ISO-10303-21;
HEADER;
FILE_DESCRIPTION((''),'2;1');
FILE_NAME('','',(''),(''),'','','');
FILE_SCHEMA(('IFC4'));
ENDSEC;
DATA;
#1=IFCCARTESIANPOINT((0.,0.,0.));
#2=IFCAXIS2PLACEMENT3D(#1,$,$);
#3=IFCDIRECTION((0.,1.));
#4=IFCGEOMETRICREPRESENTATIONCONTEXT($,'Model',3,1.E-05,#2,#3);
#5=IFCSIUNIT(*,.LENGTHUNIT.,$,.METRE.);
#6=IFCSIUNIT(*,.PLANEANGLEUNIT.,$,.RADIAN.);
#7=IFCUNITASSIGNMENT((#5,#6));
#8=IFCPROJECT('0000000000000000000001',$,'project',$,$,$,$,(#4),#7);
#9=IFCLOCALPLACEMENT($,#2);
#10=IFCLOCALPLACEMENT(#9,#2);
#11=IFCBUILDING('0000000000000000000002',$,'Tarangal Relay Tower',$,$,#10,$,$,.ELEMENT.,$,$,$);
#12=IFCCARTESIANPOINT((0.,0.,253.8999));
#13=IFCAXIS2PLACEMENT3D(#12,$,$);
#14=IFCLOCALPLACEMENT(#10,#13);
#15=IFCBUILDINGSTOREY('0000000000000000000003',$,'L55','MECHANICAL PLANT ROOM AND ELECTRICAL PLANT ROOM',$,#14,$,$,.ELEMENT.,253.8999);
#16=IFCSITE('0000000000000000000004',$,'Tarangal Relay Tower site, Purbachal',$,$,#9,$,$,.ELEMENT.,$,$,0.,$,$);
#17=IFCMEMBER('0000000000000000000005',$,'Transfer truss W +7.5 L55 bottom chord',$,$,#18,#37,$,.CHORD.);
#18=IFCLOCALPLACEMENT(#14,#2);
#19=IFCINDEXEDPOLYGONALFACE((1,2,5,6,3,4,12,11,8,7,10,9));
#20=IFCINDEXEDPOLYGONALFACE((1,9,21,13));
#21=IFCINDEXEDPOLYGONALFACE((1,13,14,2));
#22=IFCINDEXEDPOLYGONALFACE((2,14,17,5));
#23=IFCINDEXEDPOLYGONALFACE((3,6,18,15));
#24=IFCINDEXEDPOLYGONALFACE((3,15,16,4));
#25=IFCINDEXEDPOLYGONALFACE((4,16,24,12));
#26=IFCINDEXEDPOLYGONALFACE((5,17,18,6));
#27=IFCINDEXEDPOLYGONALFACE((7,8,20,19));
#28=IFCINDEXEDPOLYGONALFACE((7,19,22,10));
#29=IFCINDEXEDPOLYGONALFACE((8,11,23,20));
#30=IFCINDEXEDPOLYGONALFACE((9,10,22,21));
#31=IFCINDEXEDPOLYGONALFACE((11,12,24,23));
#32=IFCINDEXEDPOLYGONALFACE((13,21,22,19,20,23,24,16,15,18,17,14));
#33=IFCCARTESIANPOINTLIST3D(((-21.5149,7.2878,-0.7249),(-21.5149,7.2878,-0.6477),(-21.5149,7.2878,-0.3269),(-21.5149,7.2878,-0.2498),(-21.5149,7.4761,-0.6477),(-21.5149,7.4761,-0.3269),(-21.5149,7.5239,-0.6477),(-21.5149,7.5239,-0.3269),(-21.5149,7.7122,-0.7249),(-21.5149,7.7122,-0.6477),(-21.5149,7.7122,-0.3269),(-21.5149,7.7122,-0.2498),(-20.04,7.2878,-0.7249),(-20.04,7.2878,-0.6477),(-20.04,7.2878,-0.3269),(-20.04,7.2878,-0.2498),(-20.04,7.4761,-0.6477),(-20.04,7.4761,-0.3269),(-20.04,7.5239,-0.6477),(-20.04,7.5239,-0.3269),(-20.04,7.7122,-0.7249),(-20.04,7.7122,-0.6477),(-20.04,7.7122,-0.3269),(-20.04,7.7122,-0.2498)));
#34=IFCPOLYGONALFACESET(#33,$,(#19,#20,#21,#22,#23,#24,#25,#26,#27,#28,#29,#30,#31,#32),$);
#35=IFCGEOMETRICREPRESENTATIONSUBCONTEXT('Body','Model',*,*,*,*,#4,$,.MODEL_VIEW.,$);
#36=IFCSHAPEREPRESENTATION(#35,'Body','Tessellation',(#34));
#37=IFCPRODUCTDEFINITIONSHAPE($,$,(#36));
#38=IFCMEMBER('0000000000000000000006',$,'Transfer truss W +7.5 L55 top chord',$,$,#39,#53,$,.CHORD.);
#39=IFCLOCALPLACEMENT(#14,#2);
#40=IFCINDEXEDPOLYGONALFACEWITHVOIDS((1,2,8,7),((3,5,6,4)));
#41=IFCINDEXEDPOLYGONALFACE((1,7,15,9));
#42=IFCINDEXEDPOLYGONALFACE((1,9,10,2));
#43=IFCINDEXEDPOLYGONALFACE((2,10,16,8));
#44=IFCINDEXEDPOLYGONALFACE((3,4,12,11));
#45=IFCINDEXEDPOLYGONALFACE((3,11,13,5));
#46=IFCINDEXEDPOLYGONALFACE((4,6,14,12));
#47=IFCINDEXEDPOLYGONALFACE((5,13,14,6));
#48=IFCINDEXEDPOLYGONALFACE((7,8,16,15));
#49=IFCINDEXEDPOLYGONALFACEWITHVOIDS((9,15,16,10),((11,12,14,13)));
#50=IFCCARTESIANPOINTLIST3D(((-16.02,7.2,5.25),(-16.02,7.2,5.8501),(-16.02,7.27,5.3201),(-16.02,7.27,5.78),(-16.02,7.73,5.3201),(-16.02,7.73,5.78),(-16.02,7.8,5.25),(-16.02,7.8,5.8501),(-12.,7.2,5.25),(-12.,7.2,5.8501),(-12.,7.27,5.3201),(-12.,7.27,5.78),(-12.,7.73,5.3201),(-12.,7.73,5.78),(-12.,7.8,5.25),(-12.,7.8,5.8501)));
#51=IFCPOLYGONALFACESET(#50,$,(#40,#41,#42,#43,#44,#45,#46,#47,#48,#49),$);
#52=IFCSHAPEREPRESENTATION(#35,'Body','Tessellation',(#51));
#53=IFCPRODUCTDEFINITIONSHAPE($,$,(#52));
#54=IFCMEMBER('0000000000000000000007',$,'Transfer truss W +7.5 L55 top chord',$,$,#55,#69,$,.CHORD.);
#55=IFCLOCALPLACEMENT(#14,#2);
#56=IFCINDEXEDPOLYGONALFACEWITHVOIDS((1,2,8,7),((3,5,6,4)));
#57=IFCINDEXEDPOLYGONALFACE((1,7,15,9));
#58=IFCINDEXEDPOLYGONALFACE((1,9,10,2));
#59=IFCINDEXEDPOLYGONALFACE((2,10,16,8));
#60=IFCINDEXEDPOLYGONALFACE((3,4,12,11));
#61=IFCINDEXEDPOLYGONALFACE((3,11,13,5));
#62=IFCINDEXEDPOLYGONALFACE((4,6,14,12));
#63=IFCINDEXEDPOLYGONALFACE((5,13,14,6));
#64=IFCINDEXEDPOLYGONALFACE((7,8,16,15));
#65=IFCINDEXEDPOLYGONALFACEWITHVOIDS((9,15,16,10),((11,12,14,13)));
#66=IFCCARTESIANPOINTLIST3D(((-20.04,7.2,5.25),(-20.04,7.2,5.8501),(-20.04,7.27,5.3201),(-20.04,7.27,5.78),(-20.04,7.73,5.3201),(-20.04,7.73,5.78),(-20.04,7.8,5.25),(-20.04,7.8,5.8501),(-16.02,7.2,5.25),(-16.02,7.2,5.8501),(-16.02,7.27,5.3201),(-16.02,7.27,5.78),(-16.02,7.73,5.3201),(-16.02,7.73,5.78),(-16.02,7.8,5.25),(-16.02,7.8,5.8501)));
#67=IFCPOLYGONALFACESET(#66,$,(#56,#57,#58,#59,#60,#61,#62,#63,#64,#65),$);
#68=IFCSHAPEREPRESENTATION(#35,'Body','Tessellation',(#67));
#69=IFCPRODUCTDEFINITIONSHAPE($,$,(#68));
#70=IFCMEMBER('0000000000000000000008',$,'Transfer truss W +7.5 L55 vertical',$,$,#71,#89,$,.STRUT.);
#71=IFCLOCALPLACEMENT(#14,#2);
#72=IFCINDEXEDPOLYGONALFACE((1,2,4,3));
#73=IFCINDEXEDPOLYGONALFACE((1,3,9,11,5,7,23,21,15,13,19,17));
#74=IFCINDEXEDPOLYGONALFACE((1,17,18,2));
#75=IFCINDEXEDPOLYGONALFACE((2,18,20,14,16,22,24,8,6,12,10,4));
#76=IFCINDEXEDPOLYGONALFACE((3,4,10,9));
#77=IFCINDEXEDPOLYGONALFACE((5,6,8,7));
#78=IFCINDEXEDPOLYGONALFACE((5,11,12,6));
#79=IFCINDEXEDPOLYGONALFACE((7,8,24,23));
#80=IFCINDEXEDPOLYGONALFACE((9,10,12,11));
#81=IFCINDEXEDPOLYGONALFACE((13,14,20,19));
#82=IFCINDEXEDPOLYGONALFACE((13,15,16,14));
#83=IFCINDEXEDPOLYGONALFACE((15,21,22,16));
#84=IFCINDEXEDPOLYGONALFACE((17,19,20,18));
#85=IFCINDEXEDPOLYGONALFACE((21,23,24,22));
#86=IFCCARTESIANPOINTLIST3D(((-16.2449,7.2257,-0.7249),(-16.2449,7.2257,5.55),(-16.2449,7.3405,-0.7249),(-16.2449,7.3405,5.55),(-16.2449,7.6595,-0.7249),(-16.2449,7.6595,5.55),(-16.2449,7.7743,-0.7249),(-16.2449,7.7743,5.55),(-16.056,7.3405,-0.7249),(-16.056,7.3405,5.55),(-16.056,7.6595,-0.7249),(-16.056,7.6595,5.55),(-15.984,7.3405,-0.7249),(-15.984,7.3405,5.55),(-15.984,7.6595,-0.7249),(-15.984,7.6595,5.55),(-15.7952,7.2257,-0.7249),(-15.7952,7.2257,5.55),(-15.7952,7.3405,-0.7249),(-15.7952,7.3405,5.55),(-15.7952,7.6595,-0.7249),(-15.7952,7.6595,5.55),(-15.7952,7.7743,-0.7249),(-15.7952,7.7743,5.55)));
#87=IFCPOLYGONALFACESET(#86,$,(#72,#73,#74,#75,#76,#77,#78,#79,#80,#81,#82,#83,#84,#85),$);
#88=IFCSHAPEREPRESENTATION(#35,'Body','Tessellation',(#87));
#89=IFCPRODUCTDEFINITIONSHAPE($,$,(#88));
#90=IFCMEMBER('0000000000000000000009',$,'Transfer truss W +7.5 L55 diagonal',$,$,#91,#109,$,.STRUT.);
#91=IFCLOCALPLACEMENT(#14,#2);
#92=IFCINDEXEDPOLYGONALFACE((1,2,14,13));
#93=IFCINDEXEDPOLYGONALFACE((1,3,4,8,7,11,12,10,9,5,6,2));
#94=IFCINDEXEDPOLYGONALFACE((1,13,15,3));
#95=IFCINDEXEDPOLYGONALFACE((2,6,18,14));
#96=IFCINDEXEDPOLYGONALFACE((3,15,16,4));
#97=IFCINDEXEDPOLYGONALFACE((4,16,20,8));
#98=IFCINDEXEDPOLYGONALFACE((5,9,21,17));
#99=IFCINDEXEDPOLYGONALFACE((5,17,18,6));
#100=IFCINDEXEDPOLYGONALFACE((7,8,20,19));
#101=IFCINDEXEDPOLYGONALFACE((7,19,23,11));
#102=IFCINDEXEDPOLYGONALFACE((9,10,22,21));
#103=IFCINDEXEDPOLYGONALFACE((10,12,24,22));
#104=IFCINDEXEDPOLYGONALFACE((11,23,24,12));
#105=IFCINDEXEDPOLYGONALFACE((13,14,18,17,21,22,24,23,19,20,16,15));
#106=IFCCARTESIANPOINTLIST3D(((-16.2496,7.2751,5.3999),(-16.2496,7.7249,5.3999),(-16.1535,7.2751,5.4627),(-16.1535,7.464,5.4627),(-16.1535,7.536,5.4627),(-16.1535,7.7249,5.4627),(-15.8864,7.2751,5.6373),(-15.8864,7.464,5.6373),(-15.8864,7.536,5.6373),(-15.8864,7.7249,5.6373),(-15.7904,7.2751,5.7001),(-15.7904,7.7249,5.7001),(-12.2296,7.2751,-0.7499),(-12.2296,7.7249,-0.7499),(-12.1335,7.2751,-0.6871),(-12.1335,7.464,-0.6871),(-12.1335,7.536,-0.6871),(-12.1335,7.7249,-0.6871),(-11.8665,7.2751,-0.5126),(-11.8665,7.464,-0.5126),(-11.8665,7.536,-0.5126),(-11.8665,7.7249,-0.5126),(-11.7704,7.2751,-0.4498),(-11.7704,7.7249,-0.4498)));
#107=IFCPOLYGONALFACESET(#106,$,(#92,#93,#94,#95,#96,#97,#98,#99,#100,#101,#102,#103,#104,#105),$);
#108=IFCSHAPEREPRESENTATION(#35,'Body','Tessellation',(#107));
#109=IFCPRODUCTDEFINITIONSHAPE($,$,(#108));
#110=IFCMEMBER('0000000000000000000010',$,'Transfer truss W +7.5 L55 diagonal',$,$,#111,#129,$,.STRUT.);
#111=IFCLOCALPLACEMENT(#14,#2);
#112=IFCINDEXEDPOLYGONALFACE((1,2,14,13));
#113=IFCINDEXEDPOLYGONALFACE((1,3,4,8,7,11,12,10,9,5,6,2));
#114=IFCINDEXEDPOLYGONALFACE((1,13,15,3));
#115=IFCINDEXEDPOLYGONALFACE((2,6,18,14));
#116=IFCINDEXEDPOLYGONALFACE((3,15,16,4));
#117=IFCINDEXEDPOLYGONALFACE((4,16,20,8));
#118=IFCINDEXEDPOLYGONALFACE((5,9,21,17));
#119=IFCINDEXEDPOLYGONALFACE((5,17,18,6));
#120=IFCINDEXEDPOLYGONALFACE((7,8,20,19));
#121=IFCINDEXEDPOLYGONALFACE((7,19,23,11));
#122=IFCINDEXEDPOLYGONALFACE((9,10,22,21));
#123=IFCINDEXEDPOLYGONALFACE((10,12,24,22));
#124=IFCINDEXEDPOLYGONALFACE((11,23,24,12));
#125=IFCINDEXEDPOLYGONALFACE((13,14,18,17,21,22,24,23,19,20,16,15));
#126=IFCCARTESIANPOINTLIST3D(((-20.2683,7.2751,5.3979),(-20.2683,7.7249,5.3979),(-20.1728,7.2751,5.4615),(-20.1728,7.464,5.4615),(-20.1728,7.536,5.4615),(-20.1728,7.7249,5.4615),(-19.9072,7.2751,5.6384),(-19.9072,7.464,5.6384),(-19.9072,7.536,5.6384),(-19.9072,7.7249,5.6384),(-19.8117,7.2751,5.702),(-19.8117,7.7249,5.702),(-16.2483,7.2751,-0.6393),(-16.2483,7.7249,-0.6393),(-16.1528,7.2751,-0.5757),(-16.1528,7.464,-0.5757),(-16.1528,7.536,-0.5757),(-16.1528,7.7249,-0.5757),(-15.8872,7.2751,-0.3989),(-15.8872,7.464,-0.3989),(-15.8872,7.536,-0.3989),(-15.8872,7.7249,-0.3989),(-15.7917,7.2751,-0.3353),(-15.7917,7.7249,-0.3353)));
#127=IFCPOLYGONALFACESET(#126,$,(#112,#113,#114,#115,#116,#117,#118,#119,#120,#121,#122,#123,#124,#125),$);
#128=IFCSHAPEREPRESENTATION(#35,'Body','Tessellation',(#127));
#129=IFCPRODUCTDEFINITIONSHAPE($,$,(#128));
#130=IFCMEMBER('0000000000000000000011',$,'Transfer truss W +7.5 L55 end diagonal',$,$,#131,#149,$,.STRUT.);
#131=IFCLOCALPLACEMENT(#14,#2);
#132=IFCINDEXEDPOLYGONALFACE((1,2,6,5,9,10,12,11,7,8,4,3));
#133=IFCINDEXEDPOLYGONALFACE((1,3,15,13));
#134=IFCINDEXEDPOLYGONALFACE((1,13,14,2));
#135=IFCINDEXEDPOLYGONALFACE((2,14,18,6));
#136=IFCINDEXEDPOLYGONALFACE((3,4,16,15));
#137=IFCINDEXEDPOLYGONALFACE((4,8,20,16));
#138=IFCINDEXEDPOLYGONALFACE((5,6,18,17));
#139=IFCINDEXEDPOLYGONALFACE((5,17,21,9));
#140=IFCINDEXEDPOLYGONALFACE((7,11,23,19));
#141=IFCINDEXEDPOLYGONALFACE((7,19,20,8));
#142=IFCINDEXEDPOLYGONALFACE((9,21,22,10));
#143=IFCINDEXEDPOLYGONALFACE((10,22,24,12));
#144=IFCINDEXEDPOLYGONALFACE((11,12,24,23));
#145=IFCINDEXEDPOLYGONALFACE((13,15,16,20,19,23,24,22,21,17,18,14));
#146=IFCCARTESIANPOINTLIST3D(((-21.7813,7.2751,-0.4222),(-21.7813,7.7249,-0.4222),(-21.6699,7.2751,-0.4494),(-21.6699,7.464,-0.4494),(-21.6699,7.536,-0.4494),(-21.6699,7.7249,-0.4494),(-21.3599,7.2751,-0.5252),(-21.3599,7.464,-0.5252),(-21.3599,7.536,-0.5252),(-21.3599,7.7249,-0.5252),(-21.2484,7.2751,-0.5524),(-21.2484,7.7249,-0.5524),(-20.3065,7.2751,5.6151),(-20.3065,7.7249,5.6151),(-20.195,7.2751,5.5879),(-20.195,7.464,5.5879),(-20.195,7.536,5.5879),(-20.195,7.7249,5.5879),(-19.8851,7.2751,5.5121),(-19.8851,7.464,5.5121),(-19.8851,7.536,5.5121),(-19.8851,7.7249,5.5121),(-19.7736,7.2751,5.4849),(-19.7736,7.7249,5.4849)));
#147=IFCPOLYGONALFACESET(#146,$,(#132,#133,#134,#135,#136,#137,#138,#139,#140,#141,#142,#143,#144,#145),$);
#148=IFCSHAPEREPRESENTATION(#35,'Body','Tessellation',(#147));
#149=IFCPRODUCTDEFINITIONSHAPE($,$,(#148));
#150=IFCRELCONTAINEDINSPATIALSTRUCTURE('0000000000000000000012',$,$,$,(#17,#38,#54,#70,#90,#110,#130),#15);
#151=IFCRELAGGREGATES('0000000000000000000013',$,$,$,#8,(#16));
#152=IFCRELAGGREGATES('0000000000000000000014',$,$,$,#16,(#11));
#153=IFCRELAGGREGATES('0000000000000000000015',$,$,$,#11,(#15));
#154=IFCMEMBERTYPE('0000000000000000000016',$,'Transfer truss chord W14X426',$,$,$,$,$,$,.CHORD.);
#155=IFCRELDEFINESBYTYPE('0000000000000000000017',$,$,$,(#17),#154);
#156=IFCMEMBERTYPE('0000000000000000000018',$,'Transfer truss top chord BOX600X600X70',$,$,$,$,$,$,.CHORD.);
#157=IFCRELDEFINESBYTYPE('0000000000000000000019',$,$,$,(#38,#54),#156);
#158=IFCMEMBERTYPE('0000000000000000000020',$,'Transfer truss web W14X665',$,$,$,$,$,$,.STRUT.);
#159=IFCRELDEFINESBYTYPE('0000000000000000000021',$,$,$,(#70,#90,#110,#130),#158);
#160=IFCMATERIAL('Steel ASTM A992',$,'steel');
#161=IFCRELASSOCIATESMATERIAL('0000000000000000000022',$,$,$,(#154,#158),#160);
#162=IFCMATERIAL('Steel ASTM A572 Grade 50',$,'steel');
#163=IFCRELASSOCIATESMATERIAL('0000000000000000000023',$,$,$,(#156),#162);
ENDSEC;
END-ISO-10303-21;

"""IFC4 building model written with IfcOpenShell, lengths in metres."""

from ifc_helpers import new_model, si_unit, direction, frame, origin, origin_2d, place, context, subcontext, project, spatial, hollow_rectangle, i_section, extrude, material, material_profile, profile_set, type_object, element, save


model = new_model("IFC4")

# Units and contexts
model_context = context("Model", 3, precision=1e-05, world=origin(), true_north=direction((0.0, 1.0)))
body_context = subcontext(model_context, "Body", "Model", "MODEL_VIEW")
ifc_project = project(units=[si_unit("LENGTHUNIT", "METRE"), si_unit("PLANEANGLEUNIT", "RADIAN")], contexts=[model_context])

# Site, building, storey
site_placement = place(None, origin())
site = spatial("IfcSite", under=ifc_project, at=site_placement, Name="Tarangal Relay Tower site, Purbachal", CompositionType="ELEMENT", RefElevation=0.0)
building_placement = place(site_placement, origin())
building = spatial("IfcBuilding", under=site, at=building_placement, Name="Tarangal Relay Tower", CompositionType="ELEMENT")
storey_placement = place(building_placement, frame((0.0, 0.0, 253.8999)))
storey = spatial("IfcBuildingStorey", under=building, at=storey_placement, Name="L55", Description="MECHANICAL PLANT ROOM AND ELECTRICAL PLANT ROOM", CompositionType="ELEMENT", Elevation=253.8999)

# Shared definitions
ifc_material_1 = material(Name="Steel ASTM A572 Grade 50", Category="steel")

# Shared definitions
ifc_material_2 = material(Name="Steel ASTM A992", Category="steel")

# Members
ifc_material_profile_1 = material_profile(ifc_material_2, i_section(OverallWidth=0.4243, OverallDepth=0.4751, WebThickness=0.0479, FlangeThickness=0.0771, at=origin_2d()), Name="W14X426")
ifc_profile_set_1 = profile_set([ifc_material_profile_1], Name="Steel ASTM A992")
member_type_1 = type_object("IfcMemberType", Name="Transfer truss chord W14X426", PredefinedType="CHORD", material=ifc_profile_set_1)
member_1_placement = place(storey_placement, frame((-20.04, 7.5, -0.4873), z_axis=(-1.0, 0.0, 0.0), x_axis=(0.0, -1.0, 0.0)))
element("IfcMember", 1, at=member_1_placement, inside=storey, type_object=member_type_1, Name="Transfer truss W +7.5 L55 bottom chord", PredefinedType="CHORD", context=body_context, shape_type="SweptSolid", body=[
    extrude(i_section(OverallWidth=0.4243, OverallDepth=0.4751, WebThickness=0.0479, FlangeThickness=0.0771, at=origin_2d()), origin(), (0.0, 0.0, 1.0), 1.4749),
])
ifc_material_profile_2 = material_profile(ifc_material_1, hollow_rectangle(XDim=0.6001, YDim=0.6001, WallThickness=0.0701, at=origin_2d()), Name="BOX600X600X70")
ifc_profile_set_2 = profile_set([ifc_material_profile_2], Name="Steel ASTM A572 Grade 50")
member_type_2 = type_object("IfcMemberType", Name="Transfer truss top chord BOX600X600X70", PredefinedType="CHORD", material=ifc_profile_set_2)
for number, where, z_axis, x_axis, name in (
    (2, (-12.0, 7.5, 5.55), (-1.0, 0.0, 0.0), (0.0, -1.0, 0.0), "Transfer truss W +7.5 L55 top chord"),
    (3, (-16.02, 7.5, 5.55), (-1.0, 0.0, 0.0), (0.0, -1.0, 0.0), "Transfer truss W +7.5 L55 top chord"),
):
    element("IfcMember", number, at=place(storey_placement, frame(where, z_axis=z_axis, x_axis=x_axis)), inside=storey, type_object=member_type_2, Name=name, PredefinedType="CHORD", context=body_context, shape_type="SweptSolid", body=[
        extrude(hollow_rectangle(XDim=0.6001, YDim=0.6001, WallThickness=0.0701, at=origin_2d()), origin(), (0.0, 0.0, 1.0), 4.02),
    ])
ifc_material_profile_3 = material_profile(ifc_material_2, i_section(OverallWidth=0.4497, OverallDepth=0.5486, WebThickness=0.072, FlangeThickness=0.1147, at=origin_2d()), Name="W14X665")
ifc_profile_set_3 = profile_set([ifc_material_profile_3], Name="Steel ASTM A992")
member_type_3 = type_object("IfcMemberType", Name="Transfer truss web W14X665", PredefinedType="STRUT", material=ifc_profile_set_3)
member_2_placement = place(storey_placement, frame((-16.02, 7.5, -0.7249), z_axis=(0.0, 0.0, 1.0), x_axis=(1.0, 0.0, 0.0)))
element("IfcMember", 4, at=member_2_placement, inside=storey, type_object=member_type_3, Name="Transfer truss W +7.5 L55 vertical", PredefinedType="STRUT", context=body_context, shape_type="SweptSolid", body=[
    extrude(i_section(OverallWidth=0.4497, OverallDepth=0.5486, WebThickness=0.072, FlangeThickness=0.1147, at=origin_2d()), origin(), (0.0, 0.0, 1.0), 6.2749),
])
member_3_placement = place(storey_placement, frame((-12.0, 7.5, -0.5999), z_axis=(-0.547147, 0.0, 0.837036), x_axis=(0.0, -1.0, 0.0)))
element("IfcMember", 5, at=member_3_placement, inside=storey, type_object=member_type_3, Name="Transfer truss W +7.5 L55 diagonal", PredefinedType="STRUT", context=body_context, shape_type="SweptSolid", body=[
    extrude(i_section(OverallWidth=0.4497, OverallDepth=0.5486, WebThickness=0.072, FlangeThickness=0.1147, at=origin_2d()), origin(), (0.0, 0.0, 1.0), 7.3472),
])
member_4_placement = place(storey_placement, frame((-16.02, 7.5, -0.4873), z_axis=(-0.554234, 0.0, 0.832361), x_axis=(0.0, -1.0, 0.0)))
element("IfcMember", 6, at=member_4_placement, inside=storey, type_object=member_type_3, Name="Transfer truss W +7.5 L55 diagonal", PredefinedType="STRUT", context=body_context, shape_type="SweptSolid", body=[
    extrude(i_section(OverallWidth=0.4497, OverallDepth=0.5486, WebThickness=0.072, FlangeThickness=0.1147, at=origin_2d()), origin(), (0.0, 0.0, 1.0), 7.2532),
])
member_5_placement = place(storey_placement, frame((-21.5149, 7.5, -0.4873), z_axis=(0.23731, 0.0, 0.971434), x_axis=(0.0, 1.0, 0.0)))
element("IfcMember", 7, at=member_5_placement, inside=storey, type_object=member_type_3, Name="Transfer truss W +7.5 L55 end diagonal", PredefinedType="STRUT", context=body_context, shape_type="SweptSolid", body=[
    extrude(i_section(OverallWidth=0.4497, OverallDepth=0.5486, WebThickness=0.072, FlangeThickness=0.1147, at=origin_2d()), origin(), (0.0, 0.0, 1.0), 6.2148),
])

save(model, "model.ifc")
